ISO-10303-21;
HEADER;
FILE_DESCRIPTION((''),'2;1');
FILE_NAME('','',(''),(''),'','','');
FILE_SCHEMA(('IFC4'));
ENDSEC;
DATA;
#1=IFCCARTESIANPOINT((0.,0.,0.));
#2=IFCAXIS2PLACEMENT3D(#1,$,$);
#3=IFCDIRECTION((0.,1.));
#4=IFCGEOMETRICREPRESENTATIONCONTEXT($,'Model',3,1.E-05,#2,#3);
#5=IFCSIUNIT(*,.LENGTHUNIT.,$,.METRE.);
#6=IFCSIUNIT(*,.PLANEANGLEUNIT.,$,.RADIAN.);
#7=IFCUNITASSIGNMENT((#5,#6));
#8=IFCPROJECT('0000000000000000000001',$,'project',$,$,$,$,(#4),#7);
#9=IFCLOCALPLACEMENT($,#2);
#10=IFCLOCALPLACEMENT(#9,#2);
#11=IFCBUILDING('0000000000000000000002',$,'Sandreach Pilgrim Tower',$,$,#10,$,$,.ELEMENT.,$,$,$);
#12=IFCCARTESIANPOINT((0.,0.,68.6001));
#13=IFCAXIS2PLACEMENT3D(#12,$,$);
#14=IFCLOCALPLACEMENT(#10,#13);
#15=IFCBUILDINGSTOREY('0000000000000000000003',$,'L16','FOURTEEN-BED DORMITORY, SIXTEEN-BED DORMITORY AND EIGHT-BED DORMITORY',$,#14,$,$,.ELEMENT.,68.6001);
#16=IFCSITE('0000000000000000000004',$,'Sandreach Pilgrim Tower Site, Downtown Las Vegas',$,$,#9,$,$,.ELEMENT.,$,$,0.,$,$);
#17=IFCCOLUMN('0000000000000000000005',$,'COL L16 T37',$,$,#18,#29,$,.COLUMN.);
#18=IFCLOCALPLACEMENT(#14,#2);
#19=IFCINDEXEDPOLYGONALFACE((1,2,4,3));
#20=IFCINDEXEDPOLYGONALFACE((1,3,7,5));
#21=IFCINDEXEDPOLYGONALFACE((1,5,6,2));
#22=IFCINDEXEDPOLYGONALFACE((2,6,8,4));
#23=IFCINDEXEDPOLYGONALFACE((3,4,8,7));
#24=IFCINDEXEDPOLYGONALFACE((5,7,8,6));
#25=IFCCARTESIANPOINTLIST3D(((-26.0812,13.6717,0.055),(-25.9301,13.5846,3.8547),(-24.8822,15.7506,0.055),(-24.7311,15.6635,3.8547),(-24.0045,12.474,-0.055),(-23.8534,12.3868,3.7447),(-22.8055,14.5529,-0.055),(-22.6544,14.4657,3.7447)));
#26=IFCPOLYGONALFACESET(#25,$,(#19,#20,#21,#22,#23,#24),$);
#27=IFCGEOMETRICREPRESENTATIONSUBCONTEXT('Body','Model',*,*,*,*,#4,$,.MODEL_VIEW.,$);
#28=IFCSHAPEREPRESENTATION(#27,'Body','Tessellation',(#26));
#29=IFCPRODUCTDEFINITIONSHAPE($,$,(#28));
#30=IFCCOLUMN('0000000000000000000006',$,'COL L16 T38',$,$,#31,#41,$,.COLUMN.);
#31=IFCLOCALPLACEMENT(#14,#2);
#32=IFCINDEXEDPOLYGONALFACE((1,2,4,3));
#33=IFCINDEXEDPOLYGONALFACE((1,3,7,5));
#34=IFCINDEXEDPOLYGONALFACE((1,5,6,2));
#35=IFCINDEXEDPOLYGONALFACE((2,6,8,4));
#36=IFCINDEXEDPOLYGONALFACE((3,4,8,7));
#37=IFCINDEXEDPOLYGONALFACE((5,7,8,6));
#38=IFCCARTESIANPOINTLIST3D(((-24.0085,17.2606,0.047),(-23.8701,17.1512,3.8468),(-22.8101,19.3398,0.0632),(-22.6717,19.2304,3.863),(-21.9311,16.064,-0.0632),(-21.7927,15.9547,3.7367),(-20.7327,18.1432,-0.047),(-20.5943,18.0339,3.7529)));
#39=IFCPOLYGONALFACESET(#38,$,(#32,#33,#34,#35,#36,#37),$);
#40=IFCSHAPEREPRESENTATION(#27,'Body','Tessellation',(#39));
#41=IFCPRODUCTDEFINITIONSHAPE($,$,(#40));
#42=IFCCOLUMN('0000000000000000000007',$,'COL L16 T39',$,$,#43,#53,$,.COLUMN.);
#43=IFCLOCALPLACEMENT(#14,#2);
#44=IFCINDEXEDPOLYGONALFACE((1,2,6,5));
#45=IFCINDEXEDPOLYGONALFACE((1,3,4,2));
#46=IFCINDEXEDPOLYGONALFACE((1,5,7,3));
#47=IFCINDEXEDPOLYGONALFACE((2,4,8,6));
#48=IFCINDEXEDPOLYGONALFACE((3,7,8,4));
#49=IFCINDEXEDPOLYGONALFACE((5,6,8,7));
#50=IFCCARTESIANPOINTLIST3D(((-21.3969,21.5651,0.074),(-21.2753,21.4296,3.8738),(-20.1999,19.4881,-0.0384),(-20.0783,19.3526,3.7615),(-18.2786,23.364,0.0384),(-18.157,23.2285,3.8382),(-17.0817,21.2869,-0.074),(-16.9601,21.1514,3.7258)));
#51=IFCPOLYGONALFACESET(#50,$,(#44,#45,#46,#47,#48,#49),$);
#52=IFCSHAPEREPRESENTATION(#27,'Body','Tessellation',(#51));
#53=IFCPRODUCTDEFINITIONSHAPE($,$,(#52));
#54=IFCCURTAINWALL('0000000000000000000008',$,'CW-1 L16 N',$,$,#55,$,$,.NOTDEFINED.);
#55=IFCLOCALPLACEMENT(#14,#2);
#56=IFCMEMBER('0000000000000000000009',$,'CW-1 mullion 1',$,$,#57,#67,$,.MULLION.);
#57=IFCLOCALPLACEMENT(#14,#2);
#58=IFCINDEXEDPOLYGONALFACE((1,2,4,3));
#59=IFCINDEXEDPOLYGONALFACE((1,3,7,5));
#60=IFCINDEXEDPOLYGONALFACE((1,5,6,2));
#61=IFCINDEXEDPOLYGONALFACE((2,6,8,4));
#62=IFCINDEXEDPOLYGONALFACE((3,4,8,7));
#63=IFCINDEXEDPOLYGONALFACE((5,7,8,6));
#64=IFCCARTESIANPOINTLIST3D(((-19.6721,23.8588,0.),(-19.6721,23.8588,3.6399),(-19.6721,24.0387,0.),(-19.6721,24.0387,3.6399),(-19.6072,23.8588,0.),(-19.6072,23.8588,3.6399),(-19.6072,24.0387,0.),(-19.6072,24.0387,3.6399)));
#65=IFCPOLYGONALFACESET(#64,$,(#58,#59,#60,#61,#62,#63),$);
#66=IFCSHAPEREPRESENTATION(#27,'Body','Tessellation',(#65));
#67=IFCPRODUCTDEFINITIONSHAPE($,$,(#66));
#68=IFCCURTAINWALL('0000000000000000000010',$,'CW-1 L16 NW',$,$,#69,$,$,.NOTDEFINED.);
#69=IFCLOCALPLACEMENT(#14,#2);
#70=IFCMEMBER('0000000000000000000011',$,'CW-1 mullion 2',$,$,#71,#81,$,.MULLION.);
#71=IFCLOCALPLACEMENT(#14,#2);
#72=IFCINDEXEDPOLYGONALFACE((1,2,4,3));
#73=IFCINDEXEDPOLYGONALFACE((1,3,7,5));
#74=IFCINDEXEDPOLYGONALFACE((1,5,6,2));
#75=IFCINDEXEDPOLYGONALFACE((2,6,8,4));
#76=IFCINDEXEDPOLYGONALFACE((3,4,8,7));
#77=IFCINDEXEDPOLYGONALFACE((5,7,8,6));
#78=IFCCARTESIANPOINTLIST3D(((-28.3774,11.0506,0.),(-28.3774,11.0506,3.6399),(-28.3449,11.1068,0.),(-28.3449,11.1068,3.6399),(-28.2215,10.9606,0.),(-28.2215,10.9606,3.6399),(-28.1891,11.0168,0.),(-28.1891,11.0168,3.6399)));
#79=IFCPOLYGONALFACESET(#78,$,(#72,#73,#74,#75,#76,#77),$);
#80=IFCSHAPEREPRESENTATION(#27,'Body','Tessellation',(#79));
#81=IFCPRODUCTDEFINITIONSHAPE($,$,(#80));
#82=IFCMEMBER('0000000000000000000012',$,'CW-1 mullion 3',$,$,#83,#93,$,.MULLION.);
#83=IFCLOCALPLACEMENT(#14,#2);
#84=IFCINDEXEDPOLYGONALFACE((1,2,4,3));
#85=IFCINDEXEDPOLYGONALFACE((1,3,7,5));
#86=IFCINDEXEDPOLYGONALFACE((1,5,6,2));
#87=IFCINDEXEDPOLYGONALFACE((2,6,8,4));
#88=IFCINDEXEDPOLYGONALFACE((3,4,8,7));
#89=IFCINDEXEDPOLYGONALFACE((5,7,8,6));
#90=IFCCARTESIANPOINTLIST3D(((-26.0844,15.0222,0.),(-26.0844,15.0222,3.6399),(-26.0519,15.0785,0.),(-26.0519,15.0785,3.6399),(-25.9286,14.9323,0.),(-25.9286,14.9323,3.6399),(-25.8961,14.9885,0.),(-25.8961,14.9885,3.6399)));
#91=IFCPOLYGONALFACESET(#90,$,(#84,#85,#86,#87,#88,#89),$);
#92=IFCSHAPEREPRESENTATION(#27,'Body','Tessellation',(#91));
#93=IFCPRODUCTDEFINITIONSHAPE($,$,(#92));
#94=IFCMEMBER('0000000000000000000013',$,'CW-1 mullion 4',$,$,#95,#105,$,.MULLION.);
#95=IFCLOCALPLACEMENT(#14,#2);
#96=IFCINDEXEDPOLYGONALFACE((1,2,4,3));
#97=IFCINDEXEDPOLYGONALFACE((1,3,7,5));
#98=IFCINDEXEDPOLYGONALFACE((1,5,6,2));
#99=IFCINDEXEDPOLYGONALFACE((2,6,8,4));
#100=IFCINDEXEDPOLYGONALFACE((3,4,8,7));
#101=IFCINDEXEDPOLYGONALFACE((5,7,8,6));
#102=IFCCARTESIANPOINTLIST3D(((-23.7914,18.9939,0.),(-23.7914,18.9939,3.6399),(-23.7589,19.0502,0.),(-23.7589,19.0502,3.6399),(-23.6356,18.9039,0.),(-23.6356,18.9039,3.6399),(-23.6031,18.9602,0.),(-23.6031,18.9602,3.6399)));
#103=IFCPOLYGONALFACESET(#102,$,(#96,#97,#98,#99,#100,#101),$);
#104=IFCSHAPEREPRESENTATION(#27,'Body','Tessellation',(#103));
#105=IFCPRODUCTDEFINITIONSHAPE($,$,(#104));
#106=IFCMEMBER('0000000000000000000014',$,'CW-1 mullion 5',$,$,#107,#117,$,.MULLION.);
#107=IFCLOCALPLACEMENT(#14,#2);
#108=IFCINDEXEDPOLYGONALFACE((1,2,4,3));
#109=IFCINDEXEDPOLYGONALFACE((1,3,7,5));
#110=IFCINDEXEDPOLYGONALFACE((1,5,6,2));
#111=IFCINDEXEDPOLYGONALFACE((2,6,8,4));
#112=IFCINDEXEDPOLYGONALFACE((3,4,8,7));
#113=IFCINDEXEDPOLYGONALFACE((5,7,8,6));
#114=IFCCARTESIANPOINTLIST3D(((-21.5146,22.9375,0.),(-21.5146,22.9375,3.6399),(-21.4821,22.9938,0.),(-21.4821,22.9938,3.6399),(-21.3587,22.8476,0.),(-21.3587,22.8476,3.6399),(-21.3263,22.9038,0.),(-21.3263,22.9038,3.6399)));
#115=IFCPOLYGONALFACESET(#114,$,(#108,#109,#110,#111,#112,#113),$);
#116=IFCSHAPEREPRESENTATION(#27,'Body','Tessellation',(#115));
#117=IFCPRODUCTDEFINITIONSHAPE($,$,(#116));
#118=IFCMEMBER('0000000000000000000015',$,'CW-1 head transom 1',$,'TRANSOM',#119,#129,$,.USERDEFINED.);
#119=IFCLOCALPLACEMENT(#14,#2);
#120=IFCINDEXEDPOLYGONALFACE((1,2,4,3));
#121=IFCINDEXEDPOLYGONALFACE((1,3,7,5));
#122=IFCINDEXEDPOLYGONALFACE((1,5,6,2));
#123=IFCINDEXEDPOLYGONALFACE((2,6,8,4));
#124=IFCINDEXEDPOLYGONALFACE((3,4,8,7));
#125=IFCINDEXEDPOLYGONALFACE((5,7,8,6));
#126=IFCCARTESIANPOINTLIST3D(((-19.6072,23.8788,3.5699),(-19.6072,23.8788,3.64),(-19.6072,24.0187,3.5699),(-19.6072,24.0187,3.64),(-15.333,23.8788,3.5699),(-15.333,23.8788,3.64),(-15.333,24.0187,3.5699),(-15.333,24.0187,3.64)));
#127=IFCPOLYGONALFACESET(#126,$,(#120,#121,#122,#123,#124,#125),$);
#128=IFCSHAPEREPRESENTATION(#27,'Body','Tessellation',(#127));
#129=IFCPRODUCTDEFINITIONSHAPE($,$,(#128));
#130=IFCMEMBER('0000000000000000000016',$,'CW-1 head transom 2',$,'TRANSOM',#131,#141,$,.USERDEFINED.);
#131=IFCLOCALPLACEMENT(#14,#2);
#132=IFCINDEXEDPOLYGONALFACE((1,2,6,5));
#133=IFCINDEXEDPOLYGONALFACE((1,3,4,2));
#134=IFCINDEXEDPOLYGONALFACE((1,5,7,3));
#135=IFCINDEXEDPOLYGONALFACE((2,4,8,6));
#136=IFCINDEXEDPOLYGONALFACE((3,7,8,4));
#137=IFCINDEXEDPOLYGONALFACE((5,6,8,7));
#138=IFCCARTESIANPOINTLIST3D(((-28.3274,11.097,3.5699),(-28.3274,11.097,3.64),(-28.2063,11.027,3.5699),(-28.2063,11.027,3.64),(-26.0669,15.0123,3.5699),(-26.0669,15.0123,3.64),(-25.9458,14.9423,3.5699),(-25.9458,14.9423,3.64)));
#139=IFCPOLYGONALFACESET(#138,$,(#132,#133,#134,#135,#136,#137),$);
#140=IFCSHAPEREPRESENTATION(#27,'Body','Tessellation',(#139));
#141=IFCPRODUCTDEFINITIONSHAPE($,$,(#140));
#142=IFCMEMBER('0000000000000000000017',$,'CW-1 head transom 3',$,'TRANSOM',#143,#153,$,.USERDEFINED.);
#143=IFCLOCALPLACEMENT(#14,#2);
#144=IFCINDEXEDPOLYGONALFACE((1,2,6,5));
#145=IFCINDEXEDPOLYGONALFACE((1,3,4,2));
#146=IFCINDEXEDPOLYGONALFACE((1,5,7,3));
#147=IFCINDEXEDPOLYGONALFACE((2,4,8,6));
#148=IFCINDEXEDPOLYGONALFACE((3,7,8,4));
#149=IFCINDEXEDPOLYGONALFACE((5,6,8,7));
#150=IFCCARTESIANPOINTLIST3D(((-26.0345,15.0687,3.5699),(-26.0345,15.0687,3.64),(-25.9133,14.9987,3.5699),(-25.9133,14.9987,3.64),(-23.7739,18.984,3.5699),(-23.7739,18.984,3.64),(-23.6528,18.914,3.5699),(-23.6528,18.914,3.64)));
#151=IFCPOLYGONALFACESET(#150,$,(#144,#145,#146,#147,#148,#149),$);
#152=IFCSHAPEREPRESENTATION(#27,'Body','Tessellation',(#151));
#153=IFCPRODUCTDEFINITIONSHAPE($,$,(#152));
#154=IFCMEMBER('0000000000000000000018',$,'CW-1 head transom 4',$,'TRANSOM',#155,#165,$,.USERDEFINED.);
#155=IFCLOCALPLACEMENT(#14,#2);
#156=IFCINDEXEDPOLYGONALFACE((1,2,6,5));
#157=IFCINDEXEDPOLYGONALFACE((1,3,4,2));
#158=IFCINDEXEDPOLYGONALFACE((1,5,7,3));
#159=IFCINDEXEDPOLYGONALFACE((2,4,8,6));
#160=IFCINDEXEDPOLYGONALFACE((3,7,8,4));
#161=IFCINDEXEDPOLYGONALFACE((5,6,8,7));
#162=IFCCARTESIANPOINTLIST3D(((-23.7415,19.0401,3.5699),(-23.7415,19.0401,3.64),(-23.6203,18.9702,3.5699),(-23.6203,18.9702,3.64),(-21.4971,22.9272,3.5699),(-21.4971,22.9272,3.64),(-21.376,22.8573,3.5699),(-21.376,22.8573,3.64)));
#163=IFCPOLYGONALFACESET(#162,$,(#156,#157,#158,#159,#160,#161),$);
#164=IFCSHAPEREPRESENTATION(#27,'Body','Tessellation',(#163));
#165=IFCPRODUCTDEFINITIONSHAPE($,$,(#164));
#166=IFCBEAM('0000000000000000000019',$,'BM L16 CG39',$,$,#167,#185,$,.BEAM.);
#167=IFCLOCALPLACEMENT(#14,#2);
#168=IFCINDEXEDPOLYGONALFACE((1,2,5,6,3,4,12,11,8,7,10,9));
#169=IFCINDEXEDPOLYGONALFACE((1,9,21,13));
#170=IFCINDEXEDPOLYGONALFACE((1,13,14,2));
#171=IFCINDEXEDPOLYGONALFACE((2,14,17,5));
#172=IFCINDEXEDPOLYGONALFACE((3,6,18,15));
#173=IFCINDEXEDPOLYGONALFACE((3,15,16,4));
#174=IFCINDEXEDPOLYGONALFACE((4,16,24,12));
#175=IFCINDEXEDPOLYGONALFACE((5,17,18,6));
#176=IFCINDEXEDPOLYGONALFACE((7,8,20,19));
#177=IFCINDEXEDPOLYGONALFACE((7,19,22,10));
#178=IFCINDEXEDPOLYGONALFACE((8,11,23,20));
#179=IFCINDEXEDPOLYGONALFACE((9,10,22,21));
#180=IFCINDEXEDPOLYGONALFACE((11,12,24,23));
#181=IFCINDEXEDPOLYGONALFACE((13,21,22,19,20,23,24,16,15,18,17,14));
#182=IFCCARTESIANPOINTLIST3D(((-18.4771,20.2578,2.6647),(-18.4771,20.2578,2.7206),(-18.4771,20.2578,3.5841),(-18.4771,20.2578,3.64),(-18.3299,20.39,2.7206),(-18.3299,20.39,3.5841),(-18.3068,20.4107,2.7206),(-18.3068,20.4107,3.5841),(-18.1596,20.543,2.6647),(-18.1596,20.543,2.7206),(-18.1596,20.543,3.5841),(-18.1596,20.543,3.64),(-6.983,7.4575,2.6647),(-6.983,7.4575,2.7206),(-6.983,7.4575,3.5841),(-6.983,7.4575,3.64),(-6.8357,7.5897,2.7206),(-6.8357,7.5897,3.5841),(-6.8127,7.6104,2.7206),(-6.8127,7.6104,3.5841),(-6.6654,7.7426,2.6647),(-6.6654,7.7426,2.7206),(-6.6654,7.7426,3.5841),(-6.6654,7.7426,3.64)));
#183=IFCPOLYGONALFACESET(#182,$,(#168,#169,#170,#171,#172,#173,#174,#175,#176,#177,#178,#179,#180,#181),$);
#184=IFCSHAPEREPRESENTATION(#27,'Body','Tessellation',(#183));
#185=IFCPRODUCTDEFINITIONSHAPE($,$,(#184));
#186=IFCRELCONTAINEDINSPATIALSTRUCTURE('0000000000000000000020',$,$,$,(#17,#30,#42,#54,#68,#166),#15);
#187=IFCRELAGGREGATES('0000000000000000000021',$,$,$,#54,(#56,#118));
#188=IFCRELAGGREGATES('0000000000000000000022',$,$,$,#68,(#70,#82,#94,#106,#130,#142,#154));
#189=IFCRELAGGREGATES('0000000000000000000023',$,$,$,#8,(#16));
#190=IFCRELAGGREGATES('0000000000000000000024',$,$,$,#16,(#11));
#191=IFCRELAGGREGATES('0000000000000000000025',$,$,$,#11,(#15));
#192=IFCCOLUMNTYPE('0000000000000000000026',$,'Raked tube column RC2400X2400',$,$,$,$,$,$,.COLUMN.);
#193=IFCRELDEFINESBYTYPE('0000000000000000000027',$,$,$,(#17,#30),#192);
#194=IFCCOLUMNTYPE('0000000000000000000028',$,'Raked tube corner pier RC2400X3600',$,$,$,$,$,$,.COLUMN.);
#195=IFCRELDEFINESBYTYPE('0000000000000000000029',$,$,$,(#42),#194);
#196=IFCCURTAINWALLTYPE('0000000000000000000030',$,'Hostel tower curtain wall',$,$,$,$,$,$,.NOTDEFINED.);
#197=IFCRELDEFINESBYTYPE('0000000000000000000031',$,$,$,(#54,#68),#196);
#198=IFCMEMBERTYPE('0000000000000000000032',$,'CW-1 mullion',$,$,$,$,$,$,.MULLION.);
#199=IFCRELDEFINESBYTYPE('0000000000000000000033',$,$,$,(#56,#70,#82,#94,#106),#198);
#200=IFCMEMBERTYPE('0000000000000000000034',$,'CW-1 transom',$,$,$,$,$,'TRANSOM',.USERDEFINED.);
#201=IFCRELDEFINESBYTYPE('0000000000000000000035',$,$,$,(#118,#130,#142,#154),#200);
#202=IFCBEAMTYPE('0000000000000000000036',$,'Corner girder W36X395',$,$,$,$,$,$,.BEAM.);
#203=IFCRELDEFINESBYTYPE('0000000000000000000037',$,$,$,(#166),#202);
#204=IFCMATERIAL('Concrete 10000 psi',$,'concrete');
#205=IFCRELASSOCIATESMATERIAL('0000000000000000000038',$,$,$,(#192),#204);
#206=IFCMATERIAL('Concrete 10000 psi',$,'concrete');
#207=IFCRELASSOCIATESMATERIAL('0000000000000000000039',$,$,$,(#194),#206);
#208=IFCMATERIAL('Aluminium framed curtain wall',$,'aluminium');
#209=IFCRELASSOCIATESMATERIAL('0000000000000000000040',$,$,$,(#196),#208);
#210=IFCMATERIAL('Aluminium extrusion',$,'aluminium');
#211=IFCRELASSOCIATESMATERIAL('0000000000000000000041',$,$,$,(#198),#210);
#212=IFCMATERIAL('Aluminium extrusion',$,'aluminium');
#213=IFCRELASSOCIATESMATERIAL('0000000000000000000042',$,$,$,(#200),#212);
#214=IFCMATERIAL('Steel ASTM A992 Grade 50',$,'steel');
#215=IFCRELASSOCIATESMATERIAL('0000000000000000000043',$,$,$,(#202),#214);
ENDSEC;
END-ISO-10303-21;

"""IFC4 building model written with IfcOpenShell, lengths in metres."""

from ifc_helpers import new_model, si_unit, direction, frame, origin, origin_2d, place, context, subcontext, project, spatial, rectangle, i_section, extrude, material, material_profile, profile_set, type_object, element, aggregate, save


model = new_model("IFC4")

# Units and contexts
model_context = context("Model", 3, precision=1e-05, world=origin(), true_north=direction((0.0, 1.0)))
body_context = subcontext(model_context, "Body", "Model", "MODEL_VIEW")
ifc_project = project(units=[si_unit("LENGTHUNIT", "METRE"), si_unit("PLANEANGLEUNIT", "RADIAN")], contexts=[model_context])

# Site, building, storey
site_placement = place(None, origin())
site = spatial("IfcSite", under=ifc_project, at=site_placement, Name="Sandreach Pilgrim Tower Site, Downtown Las Vegas", CompositionType="ELEMENT", RefElevation=0.0)
building_placement = place(site_placement, origin())
building = spatial("IfcBuilding", under=site, at=building_placement, Name="Sandreach Pilgrim Tower", CompositionType="ELEMENT")
storey_placement = place(building_placement, frame((0.0, 0.0, 68.6001)))
storey = spatial("IfcBuildingStorey", under=building, at=storey_placement, Name="L16", Description="FOURTEEN-BED DORMITORY, SIXTEEN-BED DORMITORY AND EIGHT-BED DORMITORY", CompositionType="ELEMENT", Elevation=68.6001)

# Columns
ifc_material_1 = material(Name="Concrete 10000 psi", Category="concrete")
ifc_material_profile_1 = material_profile(ifc_material_1, rectangle(XDim=2.3999, YDim=2.3999, at=origin_2d()), Name="RC2400X2400")
ifc_profile_set_1 = profile_set([ifc_material_profile_1], Name="Concrete 10000 psi")
column_type_1 = type_object("IfcColumnType", Name="Raked tube column RC2400X2400", PredefinedType="COLUMN", material=ifc_profile_set_1)
column_1_placement = place(storey_placement, frame((-24.4434, 14.1123, 0.0), z_axis=(0.039729, -0.022913, 0.998948), x_axis=(-0.865344, 0.499076, 0.045863)))
element("IfcColumn", 1, at=column_1_placement, inside=storey, type_object=column_type_1, Name="COL L16 T37", PredefinedType="COLUMN", context=body_context, shape_type="SweptSolid", body=[
    extrude(rectangle(XDim=2.3999, YDim=2.3999, at=origin_2d()), origin(), (0.0, 0.0, 1.0), 3.8037),
])
column_2_placement = place(storey_placement, frame((-22.3706, 17.7019, 0.0), z_axis=(0.036391, -0.028753, 0.998924), x_axis=(-0.86563, 0.498577, 0.045886)))
element("IfcColumn", 2, at=column_2_placement, inside=storey, type_object=column_type_1, Name="COL L16 T38", PredefinedType="COLUMN", context=body_context, shape_type="SweptSolid", body=[
    extrude(rectangle(XDim=2.3999, YDim=2.3999, at=origin_2d()), origin(), (0.0, 0.0, 1.0), 3.804),
])
ifc_material_2 = material(Name="Concrete 10000 psi", Category="concrete")
ifc_material_profile_2 = material_profile(ifc_material_2, rectangle(XDim=2.3999, YDim=3.6001, at=origin_2d()), Name="RC2400X3600")
ifc_profile_set_2 = profile_set([ifc_material_profile_2], Name="Concrete 10000 psi")
column_type_2 = type_object("IfcColumnType", Name="Raked tube corner pier RC2400X3600", PredefinedType="COLUMN", material=ifc_profile_set_2)
column_3_placement = place(storey_placement, frame((-19.2393, 21.426, 0.0), z_axis=(0.03196, -0.035618, 0.998854), x_axis=(-0.498743, 0.865485, 0.046821)))
element("IfcColumn", 3, at=column_3_placement, inside=storey, type_object=column_type_2, Name="COL L16 T39", PredefinedType="COLUMN", context=body_context, shape_type="SweptSolid", body=[
    extrude(rectangle(XDim=2.3999, YDim=3.6001, at=origin_2d()), origin(), (0.0, 0.0, 1.0), 3.8042),
])

# Curtain wall, member
ifc_material_3 = material(Name="Aluminium framed curtain wall", Category="aluminium")
curtain_wall_type = type_object("IfcCurtainWallType", Name="Hostel tower curtain wall", PredefinedType="NOTDEFINED", material=ifc_material_3)
curtain_wall_1_placement = place(storey_placement, origin())
curtain_wall_1 = element("IfcCurtainWall", 4, at=curtain_wall_1_placement, inside=storey, type_object=curtain_wall_type, Name="CW-1 L16 N", PredefinedType="NOTDEFINED")
ifc_material_4 = material(Name="Aluminium extrusion", Category="aluminium")
ifc_material_profile_3 = material_profile(ifc_material_4, rectangle(XDim=0.0649, YDim=0.1799, at=origin_2d()), Name="CW-1M 65X180")
ifc_profile_set_3 = profile_set([ifc_material_profile_3], Name="Aluminium extrusion")
member_type_1 = type_object("IfcMemberType", Name="CW-1 mullion", PredefinedType="MULLION", material=ifc_profile_set_3)
member_1_placement = place(storey_placement, frame((-19.6396, 23.9487, 0.0), z_axis=(0.0, 0.0, 1.0), x_axis=(1.0, 0.0, 0.0)))
member_1 = element("IfcMember", 5, at=member_1_placement, type_object=member_type_1, Name="CW-1 mullion 1", PredefinedType="MULLION", context=body_context, shape_type="SweptSolid", body=[
    extrude(rectangle(XDim=0.0649, YDim=0.1799, at=origin_2d()), origin(), (0.0, 0.0, 1.0), 3.6399),
])

# Curtain wall, members
curtain_wall_2_placement = place(storey_placement, origin())
curtain_wall_2 = element("IfcCurtainWall", 6, at=curtain_wall_2_placement, inside=storey, type_object=curtain_wall_type, Name="CW-1 L16 NW", PredefinedType="NOTDEFINED")
member_2_placement = place(storey_placement, frame((-28.2832, 11.0337, 0.0), z_axis=(0.0, 0.0, 1.0), x_axis=(0.5, 0.866025, 0.0)))
member_2 = element("IfcMember", 7, at=member_2_placement, type_object=member_type_1, Name="CW-1 mullion 2", PredefinedType="MULLION", context=body_context, shape_type="SweptSolid", body=[
    extrude(rectangle(XDim=0.0649, YDim=0.1799, at=origin_2d()), origin(), (0.0, 0.0, 1.0), 3.6399),
])
member_3_placement = place(storey_placement, frame((-25.9902, 15.0054, 0.0), z_axis=(0.0, 0.0, 1.0), x_axis=(0.5, 0.866025, 0.0)))
member_3 = element("IfcMember", 8, at=member_3_placement, type_object=member_type_1, Name="CW-1 mullion 3", PredefinedType="MULLION", context=body_context, shape_type="SweptSolid", body=[
    extrude(rectangle(XDim=0.0649, YDim=0.1799, at=origin_2d()), origin(), (0.0, 0.0, 1.0), 3.6399),
])
member_4_placement = place(storey_placement, frame((-23.6973, 18.9771, 0.0), z_axis=(0.0, 0.0, 1.0), x_axis=(0.5, 0.866025, 0.0)))
member_4 = element("IfcMember", 9, at=member_4_placement, type_object=member_type_1, Name="CW-1 mullion 4", PredefinedType="MULLION", context=body_context, shape_type="SweptSolid", body=[
    extrude(rectangle(XDim=0.0649, YDim=0.1799, at=origin_2d()), origin(), (0.0, 0.0, 1.0), 3.6399),
])
member_5_placement = place(storey_placement, frame((-21.4204, 22.9207, 0.0), z_axis=(0.0, 0.0, 1.0), x_axis=(0.5, 0.866025, 0.0)))
member_5 = element("IfcMember", 10, at=member_5_placement, type_object=member_type_1, Name="CW-1 mullion 5", PredefinedType="MULLION", context=body_context, shape_type="SweptSolid", body=[
    extrude(rectangle(XDim=0.0649, YDim=0.1799, at=origin_2d()), origin(), (0.0, 0.0, 1.0), 3.6399),
])

# Members
ifc_material_5 = material(Name="Aluminium extrusion", Category="aluminium")
ifc_material_profile_4 = material_profile(ifc_material_5, rectangle(XDim=0.1399, YDim=0.0701, at=origin_2d()), Name="CW-1T 140X70")
ifc_profile_set_4 = profile_set([ifc_material_profile_4], Name="Aluminium extrusion")
member_type_2 = type_object("IfcMemberType", Name="CW-1 transom", ElementType="TRANSOM", PredefinedType="USERDEFINED", material=ifc_profile_set_4)
member_6_placement = place(storey_placement, frame((-19.6072, 23.9487, 3.605), z_axis=(1.0, 0.0, 0.0), x_axis=(0.0, 1.0, 0.0)))
member_6 = element("IfcMember", 11, at=member_6_placement, type_object=member_type_2, Name="CW-1 head transom 1", ObjectType="TRANSOM", PredefinedType="USERDEFINED", context=body_context, shape_type="SweptSolid", body=[
    extrude(rectangle(XDim=0.1399, YDim=0.0701, at=origin_2d()), origin(), (0.0, 0.0, 1.0), 4.2742),
])
member_7_placement = place(storey_placement, frame((-28.2668, 11.062, 3.605), z_axis=(0.500001, 0.866025, 0.0), x_axis=(-0.866025, 0.500001, 0.0)))
member_7 = element("IfcMember", 12, at=member_7_placement, type_object=member_type_2, Name="CW-1 head transom 2", ObjectType="TRANSOM", PredefinedType="USERDEFINED", context=body_context, shape_type="SweptSolid", body=[
    extrude(rectangle(XDim=0.1399, YDim=0.0701, at=origin_2d()), origin(), (0.0, 0.0, 1.0), 4.521),
])
member_8_placement = place(storey_placement, frame((-25.9739, 15.0337, 3.605), z_axis=(0.500001, 0.866025, 0.0), x_axis=(-0.866025, 0.500001, 0.0)))
member_8 = element("IfcMember", 13, at=member_8_placement, type_object=member_type_2, Name="CW-1 head transom 3", ObjectType="TRANSOM", PredefinedType="USERDEFINED", context=body_context, shape_type="SweptSolid", body=[
    extrude(rectangle(XDim=0.1399, YDim=0.0701, at=origin_2d()), origin(), (0.0, 0.0, 1.0), 4.521),
])
member_9_placement = place(storey_placement, frame((-23.6809, 19.0051, 3.605), z_axis=(0.500018, 0.866015, 0.0), x_axis=(-0.866015, 0.500018, 0.0)))
member_9 = element("IfcMember", 14, at=member_9_placement, type_object=member_type_2, Name="CW-1 head transom 4", ObjectType="TRANSOM", PredefinedType="USERDEFINED", context=body_context, shape_type="SweptSolid", body=[
    extrude(rectangle(XDim=0.1399, YDim=0.0701, at=origin_2d()), origin(), (0.0, 0.0, 1.0), 4.4885),
])

# Beam
ifc_material_6 = material(Name="Steel ASTM A992 Grade 50", Category="steel")
ifc_material_profile_5 = material_profile(ifc_material_6, i_section(OverallWidth=0.4268, OverallDepth=0.9753, WebThickness=0.031, FlangeThickness=0.0559, at=origin_2d()), Name="W36X395")
ifc_profile_set_5 = profile_set([ifc_material_profile_5], Name="Steel ASTM A992 Grade 50")
beam_type_1 = type_object("IfcBeamType", Name="Corner girder W36X395", PredefinedType="BEAM", material=ifc_profile_set_5)
beam_1_placement = place(storey_placement, frame((-18.3184, 20.4004, 3.1523), z_axis=(0.668125, -0.744049, 0.0), x_axis=(0.744049, 0.668125, 0.0)))
element("IfcBeam", 15, at=beam_1_placement, inside=storey, type_object=beam_type_1, Name="BM L16 CG39", PredefinedType="BEAM", context=body_context, shape_type="SweptSolid", body=[
    extrude(i_section(OverallWidth=0.4268, OverallDepth=0.9753, WebThickness=0.031, FlangeThickness=0.0559, at=origin_2d()), origin(), (0.0, 0.0, 1.0), 17.2036),
])

aggregate(curtain_wall_1, [member_1, member_6])
aggregate(curtain_wall_2, [member_2, member_3, member_4, member_5, member_7, member_8, member_9])

save(model, "model.ifc")
